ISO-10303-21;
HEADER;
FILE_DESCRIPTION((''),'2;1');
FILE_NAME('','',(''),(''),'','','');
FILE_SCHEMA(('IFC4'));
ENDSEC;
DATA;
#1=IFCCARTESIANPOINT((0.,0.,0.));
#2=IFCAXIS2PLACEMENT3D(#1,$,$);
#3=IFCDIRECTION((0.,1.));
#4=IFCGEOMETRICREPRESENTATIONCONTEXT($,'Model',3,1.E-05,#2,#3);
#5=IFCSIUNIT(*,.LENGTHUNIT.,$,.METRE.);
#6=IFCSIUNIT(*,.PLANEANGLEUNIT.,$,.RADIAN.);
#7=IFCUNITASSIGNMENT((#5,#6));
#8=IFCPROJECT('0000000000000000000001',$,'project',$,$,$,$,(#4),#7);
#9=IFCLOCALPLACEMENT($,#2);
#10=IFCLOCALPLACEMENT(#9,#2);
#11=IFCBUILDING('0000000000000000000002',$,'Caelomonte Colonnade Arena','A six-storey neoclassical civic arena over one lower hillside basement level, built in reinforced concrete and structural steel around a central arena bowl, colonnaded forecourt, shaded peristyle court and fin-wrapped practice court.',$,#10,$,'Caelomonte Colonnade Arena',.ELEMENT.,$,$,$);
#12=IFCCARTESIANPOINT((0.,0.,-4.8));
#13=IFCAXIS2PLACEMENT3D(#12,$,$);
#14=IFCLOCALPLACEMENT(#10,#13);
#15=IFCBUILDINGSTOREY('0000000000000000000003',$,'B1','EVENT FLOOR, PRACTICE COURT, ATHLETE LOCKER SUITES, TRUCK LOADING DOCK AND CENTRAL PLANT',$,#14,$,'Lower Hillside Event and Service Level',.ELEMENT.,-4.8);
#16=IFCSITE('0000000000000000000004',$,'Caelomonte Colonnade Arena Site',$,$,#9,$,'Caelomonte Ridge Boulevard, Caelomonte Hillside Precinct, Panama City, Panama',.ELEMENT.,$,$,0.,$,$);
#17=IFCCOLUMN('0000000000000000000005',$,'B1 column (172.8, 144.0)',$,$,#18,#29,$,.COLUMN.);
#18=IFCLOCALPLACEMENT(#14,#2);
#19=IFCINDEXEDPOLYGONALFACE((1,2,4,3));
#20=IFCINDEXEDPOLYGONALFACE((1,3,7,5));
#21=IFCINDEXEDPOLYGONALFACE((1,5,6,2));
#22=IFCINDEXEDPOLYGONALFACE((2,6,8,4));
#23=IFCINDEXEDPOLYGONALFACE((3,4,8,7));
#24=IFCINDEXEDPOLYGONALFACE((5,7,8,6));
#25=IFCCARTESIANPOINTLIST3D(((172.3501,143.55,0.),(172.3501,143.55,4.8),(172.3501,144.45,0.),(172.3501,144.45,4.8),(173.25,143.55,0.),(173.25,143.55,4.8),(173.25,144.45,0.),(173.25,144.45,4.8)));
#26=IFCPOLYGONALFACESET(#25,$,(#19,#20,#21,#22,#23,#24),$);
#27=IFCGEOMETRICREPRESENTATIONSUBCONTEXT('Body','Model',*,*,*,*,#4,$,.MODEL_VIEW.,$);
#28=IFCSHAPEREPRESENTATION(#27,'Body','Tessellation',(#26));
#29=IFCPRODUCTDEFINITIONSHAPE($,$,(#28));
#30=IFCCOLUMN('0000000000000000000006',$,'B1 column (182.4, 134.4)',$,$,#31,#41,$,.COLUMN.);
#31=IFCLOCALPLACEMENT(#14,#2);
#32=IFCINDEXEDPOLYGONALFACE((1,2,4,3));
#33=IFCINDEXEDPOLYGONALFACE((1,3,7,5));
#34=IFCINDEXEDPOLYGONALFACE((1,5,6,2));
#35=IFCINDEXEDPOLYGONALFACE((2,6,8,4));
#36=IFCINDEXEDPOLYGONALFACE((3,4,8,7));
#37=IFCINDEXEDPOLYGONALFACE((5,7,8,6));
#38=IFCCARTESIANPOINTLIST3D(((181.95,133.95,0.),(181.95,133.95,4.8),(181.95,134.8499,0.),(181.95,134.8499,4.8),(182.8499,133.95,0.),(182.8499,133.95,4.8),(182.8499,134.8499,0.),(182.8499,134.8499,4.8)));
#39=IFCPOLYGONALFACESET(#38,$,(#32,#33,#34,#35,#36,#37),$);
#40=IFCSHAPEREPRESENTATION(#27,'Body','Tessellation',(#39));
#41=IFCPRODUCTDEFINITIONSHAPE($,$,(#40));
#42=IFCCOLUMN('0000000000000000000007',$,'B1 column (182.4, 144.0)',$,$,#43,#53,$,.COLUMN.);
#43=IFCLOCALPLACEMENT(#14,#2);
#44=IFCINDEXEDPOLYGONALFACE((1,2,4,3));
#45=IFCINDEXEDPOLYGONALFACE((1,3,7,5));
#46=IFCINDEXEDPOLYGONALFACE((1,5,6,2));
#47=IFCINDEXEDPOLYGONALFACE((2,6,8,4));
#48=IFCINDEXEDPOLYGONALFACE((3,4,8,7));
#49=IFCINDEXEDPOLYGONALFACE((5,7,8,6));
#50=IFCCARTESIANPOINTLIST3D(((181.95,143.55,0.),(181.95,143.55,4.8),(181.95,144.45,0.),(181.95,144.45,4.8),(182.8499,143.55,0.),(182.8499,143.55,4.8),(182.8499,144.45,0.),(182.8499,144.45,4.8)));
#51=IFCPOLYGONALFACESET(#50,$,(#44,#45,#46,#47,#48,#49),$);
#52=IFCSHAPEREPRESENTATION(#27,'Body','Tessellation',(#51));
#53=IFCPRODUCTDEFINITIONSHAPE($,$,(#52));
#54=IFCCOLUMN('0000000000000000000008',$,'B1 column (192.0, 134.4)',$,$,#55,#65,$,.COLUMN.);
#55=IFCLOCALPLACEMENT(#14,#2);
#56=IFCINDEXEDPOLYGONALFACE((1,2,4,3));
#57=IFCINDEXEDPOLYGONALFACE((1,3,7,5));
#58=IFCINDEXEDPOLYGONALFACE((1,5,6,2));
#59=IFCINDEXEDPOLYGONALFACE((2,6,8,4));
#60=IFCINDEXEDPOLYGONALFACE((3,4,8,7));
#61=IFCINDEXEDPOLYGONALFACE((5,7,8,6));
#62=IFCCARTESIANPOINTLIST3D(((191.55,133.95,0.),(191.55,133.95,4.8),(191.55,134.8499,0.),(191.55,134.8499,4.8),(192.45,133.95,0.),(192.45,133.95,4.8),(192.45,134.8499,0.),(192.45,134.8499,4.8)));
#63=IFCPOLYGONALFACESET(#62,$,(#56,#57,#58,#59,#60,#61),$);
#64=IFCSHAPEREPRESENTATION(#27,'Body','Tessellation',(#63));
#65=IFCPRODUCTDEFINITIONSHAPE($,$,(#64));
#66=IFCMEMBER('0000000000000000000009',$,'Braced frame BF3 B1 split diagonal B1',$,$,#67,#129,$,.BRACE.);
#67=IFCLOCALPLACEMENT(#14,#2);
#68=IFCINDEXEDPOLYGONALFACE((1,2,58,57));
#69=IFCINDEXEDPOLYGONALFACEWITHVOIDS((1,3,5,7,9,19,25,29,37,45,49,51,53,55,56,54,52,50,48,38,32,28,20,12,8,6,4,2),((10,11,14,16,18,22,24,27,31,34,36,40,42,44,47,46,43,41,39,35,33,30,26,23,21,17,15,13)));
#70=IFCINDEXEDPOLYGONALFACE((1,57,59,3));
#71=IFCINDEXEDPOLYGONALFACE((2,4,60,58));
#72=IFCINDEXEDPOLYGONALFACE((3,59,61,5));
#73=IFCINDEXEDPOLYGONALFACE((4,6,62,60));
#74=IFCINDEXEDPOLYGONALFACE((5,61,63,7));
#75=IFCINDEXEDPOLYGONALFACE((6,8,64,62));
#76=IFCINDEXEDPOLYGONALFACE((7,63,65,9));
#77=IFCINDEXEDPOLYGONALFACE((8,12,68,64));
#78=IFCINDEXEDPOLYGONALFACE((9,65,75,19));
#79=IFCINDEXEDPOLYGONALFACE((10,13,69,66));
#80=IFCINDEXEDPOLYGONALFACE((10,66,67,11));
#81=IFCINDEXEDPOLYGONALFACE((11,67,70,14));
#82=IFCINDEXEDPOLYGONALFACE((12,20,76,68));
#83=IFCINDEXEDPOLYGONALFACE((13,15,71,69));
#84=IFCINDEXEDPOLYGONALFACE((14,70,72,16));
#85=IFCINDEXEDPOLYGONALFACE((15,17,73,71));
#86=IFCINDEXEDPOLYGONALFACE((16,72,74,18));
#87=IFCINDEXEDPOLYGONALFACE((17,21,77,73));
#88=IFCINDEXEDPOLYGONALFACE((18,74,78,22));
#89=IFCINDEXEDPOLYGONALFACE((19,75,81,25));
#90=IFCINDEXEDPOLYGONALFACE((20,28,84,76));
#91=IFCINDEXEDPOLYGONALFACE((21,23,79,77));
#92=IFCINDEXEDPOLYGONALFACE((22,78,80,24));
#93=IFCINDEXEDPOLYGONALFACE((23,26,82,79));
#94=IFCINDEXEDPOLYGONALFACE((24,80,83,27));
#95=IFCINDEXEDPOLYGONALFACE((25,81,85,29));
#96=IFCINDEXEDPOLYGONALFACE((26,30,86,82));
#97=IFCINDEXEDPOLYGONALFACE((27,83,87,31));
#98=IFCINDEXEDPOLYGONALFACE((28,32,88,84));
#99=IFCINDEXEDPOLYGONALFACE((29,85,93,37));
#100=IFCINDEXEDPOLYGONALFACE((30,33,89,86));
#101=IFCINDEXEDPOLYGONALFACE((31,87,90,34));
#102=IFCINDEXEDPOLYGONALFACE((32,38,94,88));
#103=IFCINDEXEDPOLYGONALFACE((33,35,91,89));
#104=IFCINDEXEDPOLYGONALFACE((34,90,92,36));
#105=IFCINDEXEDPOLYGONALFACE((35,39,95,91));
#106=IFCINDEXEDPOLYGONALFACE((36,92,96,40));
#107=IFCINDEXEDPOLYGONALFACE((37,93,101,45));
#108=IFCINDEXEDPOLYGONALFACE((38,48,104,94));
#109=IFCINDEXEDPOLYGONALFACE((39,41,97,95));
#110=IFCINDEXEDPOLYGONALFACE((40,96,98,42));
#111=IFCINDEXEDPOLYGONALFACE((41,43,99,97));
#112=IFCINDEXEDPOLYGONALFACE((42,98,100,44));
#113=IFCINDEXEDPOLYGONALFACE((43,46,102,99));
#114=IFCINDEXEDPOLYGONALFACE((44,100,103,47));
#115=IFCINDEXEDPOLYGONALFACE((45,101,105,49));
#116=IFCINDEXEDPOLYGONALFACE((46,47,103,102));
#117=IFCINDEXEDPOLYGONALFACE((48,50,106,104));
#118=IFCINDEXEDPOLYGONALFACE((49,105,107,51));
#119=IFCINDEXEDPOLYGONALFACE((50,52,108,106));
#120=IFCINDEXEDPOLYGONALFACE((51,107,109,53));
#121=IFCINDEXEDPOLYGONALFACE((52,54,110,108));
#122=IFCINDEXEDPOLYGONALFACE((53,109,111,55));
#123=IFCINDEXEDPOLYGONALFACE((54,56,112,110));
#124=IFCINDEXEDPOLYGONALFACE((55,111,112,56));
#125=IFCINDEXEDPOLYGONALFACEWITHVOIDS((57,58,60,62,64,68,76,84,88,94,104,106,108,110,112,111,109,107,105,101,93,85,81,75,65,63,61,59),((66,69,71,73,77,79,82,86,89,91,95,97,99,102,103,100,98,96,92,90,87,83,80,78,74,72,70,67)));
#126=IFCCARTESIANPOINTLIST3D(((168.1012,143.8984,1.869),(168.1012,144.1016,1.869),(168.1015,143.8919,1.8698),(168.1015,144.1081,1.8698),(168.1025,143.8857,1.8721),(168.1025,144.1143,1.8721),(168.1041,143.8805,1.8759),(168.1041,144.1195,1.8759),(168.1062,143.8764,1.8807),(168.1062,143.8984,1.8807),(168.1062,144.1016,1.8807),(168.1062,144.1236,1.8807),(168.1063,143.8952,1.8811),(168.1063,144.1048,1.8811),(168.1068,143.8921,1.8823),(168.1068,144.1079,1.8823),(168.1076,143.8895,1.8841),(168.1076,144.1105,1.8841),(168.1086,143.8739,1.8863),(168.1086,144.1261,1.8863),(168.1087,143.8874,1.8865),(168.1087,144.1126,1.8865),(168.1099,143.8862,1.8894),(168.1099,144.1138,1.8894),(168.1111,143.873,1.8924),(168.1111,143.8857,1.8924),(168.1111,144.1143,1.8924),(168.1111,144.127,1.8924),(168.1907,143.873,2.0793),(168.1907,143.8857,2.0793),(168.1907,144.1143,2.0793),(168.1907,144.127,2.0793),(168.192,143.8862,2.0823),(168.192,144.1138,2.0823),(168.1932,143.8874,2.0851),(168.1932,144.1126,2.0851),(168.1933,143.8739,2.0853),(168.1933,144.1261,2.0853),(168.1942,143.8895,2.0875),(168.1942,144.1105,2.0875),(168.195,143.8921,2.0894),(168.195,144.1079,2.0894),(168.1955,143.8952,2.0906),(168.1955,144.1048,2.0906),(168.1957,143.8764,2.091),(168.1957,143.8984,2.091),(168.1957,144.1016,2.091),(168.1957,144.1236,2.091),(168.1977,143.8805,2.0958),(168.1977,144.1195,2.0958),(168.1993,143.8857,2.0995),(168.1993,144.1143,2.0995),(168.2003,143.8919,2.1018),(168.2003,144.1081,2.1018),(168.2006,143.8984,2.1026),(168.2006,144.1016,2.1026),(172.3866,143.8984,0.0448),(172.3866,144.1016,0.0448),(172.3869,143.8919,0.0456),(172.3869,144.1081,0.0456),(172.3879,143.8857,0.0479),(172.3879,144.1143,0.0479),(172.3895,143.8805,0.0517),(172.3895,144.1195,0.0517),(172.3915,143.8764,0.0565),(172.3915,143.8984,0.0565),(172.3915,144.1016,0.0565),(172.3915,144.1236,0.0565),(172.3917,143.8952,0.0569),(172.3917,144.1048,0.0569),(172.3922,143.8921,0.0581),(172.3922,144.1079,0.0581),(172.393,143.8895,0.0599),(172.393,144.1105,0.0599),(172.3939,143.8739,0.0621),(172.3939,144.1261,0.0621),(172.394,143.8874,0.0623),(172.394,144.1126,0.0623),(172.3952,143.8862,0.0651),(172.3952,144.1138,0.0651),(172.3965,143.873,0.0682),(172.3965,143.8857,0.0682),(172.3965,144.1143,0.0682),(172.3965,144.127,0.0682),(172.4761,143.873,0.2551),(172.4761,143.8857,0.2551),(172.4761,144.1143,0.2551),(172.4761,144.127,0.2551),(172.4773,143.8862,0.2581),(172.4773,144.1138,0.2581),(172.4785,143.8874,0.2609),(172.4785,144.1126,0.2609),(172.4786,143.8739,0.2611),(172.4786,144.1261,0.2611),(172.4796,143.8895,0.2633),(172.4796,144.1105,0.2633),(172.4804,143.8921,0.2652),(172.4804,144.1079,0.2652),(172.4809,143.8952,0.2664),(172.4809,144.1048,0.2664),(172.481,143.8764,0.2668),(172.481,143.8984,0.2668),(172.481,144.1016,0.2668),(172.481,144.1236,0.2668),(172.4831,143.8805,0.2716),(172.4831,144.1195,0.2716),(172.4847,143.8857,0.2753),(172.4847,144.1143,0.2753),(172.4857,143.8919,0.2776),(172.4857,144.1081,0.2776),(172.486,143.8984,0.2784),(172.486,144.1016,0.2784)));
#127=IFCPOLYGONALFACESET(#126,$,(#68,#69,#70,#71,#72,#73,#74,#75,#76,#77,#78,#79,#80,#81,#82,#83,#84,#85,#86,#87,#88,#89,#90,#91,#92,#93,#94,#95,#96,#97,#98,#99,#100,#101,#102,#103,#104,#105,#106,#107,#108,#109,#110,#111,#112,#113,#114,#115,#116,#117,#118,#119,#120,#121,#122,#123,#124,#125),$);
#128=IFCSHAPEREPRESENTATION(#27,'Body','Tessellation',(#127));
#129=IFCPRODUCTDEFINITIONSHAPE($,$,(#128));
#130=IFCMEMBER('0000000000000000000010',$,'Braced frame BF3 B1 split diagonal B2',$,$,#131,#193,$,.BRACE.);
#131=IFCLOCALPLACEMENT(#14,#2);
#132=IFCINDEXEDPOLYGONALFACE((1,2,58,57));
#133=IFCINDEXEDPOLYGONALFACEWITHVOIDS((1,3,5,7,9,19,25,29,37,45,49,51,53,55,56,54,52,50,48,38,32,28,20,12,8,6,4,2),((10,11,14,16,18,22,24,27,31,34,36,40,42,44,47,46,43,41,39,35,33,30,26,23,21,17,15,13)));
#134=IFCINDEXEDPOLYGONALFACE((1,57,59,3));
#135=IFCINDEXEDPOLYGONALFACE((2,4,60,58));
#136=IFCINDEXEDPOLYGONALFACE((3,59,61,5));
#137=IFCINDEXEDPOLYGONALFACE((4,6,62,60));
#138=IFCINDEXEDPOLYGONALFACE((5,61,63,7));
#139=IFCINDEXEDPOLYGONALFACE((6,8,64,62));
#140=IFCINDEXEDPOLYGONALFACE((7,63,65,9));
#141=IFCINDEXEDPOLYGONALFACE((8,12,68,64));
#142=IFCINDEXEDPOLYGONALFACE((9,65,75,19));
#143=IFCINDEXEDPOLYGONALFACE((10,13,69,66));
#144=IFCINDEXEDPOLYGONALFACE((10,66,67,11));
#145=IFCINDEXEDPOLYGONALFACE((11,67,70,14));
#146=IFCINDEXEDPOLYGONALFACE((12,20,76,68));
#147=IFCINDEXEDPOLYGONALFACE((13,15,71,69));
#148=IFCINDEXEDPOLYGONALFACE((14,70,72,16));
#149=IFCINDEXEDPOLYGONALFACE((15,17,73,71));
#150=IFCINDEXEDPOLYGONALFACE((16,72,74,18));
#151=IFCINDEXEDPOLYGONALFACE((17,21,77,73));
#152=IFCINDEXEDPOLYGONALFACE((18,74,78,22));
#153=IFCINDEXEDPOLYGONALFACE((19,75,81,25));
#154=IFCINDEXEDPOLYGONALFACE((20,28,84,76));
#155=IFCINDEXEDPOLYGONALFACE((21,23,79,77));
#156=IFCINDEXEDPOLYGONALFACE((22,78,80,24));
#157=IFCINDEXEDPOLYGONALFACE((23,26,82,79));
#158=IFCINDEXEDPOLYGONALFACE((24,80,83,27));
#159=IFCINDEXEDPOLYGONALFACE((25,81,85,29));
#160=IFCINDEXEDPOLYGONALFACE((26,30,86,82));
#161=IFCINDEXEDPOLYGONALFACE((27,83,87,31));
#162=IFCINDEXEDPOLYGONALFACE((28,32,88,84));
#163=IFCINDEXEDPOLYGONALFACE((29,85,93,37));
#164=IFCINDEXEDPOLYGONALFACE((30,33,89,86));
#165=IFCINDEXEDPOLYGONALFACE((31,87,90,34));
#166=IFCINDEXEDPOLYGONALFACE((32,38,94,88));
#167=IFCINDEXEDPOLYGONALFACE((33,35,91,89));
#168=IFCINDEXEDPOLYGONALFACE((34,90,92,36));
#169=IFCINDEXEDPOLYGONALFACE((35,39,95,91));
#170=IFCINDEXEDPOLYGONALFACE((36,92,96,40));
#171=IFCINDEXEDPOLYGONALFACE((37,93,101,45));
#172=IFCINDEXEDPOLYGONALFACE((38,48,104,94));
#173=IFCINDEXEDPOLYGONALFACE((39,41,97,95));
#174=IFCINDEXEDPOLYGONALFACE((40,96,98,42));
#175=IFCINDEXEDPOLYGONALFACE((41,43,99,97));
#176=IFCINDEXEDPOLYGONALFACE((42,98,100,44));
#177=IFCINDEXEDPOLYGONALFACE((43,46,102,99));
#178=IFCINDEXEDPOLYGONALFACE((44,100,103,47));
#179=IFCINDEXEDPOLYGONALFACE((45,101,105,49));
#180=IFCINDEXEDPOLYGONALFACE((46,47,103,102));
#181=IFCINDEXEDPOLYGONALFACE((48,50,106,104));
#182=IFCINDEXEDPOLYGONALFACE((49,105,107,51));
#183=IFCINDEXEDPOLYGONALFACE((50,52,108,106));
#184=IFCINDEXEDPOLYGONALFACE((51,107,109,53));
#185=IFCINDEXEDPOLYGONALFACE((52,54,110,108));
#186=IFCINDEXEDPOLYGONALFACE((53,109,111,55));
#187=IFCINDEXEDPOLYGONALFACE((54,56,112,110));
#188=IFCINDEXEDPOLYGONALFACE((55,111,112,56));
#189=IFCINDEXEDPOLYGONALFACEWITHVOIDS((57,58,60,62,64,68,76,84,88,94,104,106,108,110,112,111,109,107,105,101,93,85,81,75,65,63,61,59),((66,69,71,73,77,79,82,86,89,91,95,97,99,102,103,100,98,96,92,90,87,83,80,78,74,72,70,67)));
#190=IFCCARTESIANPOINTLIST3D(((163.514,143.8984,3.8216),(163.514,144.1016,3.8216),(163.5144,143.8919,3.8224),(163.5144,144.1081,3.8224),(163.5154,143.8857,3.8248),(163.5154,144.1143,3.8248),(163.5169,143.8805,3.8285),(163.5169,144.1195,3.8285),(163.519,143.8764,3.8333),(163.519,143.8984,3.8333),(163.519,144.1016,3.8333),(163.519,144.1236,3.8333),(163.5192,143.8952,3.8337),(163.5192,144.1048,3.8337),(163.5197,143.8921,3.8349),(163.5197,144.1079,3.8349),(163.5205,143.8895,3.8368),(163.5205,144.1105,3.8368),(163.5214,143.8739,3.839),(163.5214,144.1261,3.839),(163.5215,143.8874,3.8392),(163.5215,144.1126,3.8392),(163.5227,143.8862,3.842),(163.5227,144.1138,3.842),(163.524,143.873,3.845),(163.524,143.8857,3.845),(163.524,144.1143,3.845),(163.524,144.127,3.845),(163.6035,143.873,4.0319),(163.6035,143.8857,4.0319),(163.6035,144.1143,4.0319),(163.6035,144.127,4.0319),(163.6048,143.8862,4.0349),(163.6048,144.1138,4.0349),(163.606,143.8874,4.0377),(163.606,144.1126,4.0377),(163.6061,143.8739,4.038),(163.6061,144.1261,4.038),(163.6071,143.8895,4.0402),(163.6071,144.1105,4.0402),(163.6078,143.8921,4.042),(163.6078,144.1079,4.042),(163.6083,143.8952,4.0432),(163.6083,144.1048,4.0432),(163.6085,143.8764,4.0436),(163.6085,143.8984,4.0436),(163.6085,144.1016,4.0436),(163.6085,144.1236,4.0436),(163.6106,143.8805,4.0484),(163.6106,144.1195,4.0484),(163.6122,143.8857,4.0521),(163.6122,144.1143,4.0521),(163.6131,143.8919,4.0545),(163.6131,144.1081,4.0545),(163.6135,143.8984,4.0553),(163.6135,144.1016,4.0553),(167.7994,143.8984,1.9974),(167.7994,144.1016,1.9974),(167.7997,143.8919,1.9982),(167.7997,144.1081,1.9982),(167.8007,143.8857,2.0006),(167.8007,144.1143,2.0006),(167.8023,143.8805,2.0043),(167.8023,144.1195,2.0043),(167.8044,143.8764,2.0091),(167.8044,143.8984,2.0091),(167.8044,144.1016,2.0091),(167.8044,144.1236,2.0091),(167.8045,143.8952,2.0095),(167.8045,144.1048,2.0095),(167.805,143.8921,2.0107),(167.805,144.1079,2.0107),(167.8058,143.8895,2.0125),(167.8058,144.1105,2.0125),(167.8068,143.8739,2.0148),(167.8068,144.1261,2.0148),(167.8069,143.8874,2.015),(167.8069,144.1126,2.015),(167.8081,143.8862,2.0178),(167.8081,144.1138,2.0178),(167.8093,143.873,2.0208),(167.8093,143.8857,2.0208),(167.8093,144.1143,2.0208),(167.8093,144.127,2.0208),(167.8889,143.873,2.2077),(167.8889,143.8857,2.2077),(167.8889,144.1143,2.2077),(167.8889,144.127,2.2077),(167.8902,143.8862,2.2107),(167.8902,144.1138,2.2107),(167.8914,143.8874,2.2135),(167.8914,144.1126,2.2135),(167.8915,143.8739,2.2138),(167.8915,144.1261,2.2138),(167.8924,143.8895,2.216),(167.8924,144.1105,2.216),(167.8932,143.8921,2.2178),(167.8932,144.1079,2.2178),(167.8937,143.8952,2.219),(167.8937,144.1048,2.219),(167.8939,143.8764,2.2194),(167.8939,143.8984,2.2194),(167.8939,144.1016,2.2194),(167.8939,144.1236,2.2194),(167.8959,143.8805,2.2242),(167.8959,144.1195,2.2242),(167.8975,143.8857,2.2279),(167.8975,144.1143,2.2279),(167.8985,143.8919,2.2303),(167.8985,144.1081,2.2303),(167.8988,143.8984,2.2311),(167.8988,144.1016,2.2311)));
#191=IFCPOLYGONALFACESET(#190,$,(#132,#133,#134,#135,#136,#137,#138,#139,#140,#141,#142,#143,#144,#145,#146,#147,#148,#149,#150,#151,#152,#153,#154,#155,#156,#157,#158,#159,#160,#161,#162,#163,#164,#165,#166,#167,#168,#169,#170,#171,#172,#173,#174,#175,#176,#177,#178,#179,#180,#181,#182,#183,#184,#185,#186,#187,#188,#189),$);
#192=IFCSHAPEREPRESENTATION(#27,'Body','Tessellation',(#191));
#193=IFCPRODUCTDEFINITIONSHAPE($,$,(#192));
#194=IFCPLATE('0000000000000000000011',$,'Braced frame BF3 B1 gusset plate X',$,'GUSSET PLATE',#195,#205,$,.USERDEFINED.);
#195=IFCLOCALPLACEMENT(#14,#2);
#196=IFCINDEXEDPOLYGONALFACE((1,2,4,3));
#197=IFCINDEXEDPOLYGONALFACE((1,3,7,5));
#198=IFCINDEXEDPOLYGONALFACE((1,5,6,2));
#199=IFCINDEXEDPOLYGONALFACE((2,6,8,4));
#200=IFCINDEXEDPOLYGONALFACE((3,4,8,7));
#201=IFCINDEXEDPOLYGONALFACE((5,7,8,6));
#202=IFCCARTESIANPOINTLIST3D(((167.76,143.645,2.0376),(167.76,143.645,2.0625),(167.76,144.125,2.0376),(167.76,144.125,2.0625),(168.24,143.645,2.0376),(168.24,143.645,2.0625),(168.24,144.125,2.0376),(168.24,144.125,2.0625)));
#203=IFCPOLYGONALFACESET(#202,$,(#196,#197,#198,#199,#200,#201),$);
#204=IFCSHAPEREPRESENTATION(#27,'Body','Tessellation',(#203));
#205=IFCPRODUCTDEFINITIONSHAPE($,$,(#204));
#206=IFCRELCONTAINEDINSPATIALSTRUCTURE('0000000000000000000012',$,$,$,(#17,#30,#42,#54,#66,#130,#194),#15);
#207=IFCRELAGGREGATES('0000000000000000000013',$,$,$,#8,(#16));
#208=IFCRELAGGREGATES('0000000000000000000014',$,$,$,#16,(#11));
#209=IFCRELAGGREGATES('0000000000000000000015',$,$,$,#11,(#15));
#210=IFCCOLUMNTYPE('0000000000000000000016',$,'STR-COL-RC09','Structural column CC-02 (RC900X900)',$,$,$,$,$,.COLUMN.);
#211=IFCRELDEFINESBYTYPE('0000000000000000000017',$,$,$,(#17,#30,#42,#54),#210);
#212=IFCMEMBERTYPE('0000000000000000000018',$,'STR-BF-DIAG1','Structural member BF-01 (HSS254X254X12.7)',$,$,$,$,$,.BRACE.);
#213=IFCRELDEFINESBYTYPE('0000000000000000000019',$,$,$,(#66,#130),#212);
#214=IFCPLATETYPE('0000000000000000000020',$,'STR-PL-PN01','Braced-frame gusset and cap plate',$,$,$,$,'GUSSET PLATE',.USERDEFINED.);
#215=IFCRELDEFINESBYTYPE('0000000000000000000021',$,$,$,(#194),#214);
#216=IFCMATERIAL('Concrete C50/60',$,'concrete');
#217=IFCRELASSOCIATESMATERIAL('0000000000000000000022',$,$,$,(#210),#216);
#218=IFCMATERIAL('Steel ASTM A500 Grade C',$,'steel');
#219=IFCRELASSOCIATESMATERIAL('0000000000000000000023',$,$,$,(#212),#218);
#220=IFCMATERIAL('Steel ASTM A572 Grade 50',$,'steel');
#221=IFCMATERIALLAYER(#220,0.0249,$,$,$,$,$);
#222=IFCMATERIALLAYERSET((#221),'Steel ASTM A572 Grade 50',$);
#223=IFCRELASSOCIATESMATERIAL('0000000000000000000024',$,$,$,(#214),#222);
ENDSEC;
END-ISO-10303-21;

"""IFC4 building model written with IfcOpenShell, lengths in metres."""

from ifc_helpers import new_model, si_unit, direction, frame, origin, origin_2d, place, context, subcontext, project, spatial, rectangle, hollow_rectangle, extrude, material, layer, layer_set, material_profile, profile_set, type_object, element, save


model = new_model("IFC4")

# Units and contexts
model_context = context("Model", 3, precision=1e-05, world=origin(), true_north=direction((0.0, 1.0)))
body_context = subcontext(model_context, "Body", "Model", "MODEL_VIEW")
ifc_project = project(units=[si_unit("LENGTHUNIT", "METRE"), si_unit("PLANEANGLEUNIT", "RADIAN")], contexts=[model_context])

# Site, building, storey
site_placement = place(None, origin())
site = spatial("IfcSite", under=ifc_project, at=site_placement, Name="Caelomonte Colonnade Arena Site", LongName="Caelomonte Ridge Boulevard, Caelomonte Hillside Precinct, Panama City, Panama", CompositionType="ELEMENT", RefElevation=0.0)
building_placement = place(site_placement, origin())
building = spatial("IfcBuilding", under=site, at=building_placement, Name="Caelomonte Colonnade Arena", Description="A six-storey neoclassical civic arena over one lower hillside basement level, built in reinforced concrete and structural steel around a central arena bowl, colonnaded forecourt, shaded peristyle court and fin-wrapped practice court.", LongName="Caelomonte Colonnade Arena", CompositionType="ELEMENT")
storey_placement = place(building_placement, frame((0.0, 0.0, -4.8)))
storey = spatial("IfcBuildingStorey", under=building, at=storey_placement, Name="B1", Description="EVENT FLOOR, PRACTICE COURT, ATHLETE LOCKER SUITES, TRUCK LOADING DOCK AND CENTRAL PLANT", LongName="Lower Hillside Event and Service Level", CompositionType="ELEMENT", Elevation=-4.8)

# Columns
ifc_material_1 = material(Name="Concrete C50/60", Category="concrete")
ifc_material_profile_1 = material_profile(ifc_material_1, rectangle(XDim=0.8999, YDim=0.8999, at=origin_2d()), Name="RC900X900")
ifc_profile_set_1 = profile_set([ifc_material_profile_1], Name="Concrete C50/60")
column_type = type_object("IfcColumnType", Name="STR-COL-RC09", Description="Structural column CC-02 (RC900X900)", PredefinedType="COLUMN", material=ifc_profile_set_1)
for number, where, z_axis, x_axis, name in (
    (1, (172.8, 144.0, 0.0), (0.0, 0.0, 1.0), (1.0, 0.0, 0.0), "B1 column (172.8, 144.0)"),
    (2, (182.3999, 134.3999, 0.0), (0.0, 0.0, 1.0), (1.0, 0.0, 0.0), "B1 column (182.4, 134.4)"),
    (3, (182.3999, 144.0, 0.0), (0.0, 0.0, 1.0), (1.0, 0.0, 0.0), "B1 column (182.4, 144.0)"),
    (4, (192.0, 134.3999, 0.0), (0.0, 0.0, 1.0), (1.0, 0.0, 0.0), "B1 column (192.0, 134.4)"),
):
    element("IfcColumn", number, at=place(storey_placement, frame(where, z_axis=z_axis, x_axis=x_axis)), inside=storey, type_object=column_type, Name=name, PredefinedType="COLUMN", context=body_context, shape_type="SweptSolid", body=[
        extrude(rectangle(XDim=0.8999, YDim=0.8999, at=origin_2d()), origin(), (0.0, 0.0, 1.0), 4.8),
    ])

# Members
ifc_material_2 = material(Name="Steel ASTM A500 Grade C", Category="steel")
ifc_material_profile_2 = material_profile(ifc_material_2, hollow_rectangle(XDim=0.2539, YDim=0.2539, WallThickness=0.0127, InnerFilletRadius=0.0127, OuterFilletRadius=0.0254, at=origin_2d()), Name="HSS254X254X12.7")
ifc_profile_set_2 = profile_set([ifc_material_profile_2], Name="Steel ASTM A500 Grade C")
member_type = type_object("IfcMemberType", Name="STR-BF-DIAG1", Description="Structural member BF-01 (HSS254X254X12.7)", PredefinedType="BRACE", material=ifc_profile_set_2)
for number, where, z_axis, x_axis, name in (
    (5, (172.4363, 144.0, 0.1616), (-0.920105, 0.0, 0.391672), (0.0, -1.0, 0.0), "Braced frame BF3 B1 split diagonal B1"),
    (6, (167.8491, 144.0, 2.1143), (-0.920105, 0.0, 0.391672), (0.0, -1.0, 0.0), "Braced frame BF3 B1 split diagonal B2"),
):
    element("IfcMember", number, at=place(storey_placement, frame(where, z_axis=z_axis, x_axis=x_axis)), inside=storey, type_object=member_type, Name=name, PredefinedType="BRACE", context=body_context, shape_type="SweptSolid", body=[
        extrude(hollow_rectangle(XDim=0.2539, YDim=0.2539, WallThickness=0.0127, InnerFilletRadius=0.0127, OuterFilletRadius=0.0254, at=origin_2d()), origin(), (0.0, 0.0, 1.0), 4.6575),
    ])

# Plate
ifc_material_3 = material(Name="Steel ASTM A572 Grade 50", Category="steel")
ifc_layer_1 = layer(ifc_material_3, 0.0249)
ifc_layer_set_1 = layer_set([ifc_layer_1], Name="Steel ASTM A572 Grade 50")
plate_type = type_object("IfcPlateType", Name="STR-PL-PN01", Description="Braced-frame gusset and cap plate", ElementType="GUSSET PLATE", PredefinedType="USERDEFINED", material=ifc_layer_set_1)
for number, where, z_axis, x_axis, name in (
    (7, (168.0, 143.885, 2.0376), (0.0, 0.0, 1.0), (1.0, 0.0, 0.0), "Braced frame BF3 B1 gusset plate X"),
):
    element("IfcPlate", number, at=place(storey_placement, frame(where, z_axis=z_axis, x_axis=x_axis)), inside=storey, type_object=plate_type, Name=name, ObjectType="GUSSET PLATE", PredefinedType="USERDEFINED", context=body_context, shape_type="SweptSolid", body=[
        extrude(rectangle(XDim=0.48, YDim=0.48, at=origin_2d()), origin(), (0.0, 0.0, 1.0), 0.0249),
    ])

save(model, "model.ifc")
